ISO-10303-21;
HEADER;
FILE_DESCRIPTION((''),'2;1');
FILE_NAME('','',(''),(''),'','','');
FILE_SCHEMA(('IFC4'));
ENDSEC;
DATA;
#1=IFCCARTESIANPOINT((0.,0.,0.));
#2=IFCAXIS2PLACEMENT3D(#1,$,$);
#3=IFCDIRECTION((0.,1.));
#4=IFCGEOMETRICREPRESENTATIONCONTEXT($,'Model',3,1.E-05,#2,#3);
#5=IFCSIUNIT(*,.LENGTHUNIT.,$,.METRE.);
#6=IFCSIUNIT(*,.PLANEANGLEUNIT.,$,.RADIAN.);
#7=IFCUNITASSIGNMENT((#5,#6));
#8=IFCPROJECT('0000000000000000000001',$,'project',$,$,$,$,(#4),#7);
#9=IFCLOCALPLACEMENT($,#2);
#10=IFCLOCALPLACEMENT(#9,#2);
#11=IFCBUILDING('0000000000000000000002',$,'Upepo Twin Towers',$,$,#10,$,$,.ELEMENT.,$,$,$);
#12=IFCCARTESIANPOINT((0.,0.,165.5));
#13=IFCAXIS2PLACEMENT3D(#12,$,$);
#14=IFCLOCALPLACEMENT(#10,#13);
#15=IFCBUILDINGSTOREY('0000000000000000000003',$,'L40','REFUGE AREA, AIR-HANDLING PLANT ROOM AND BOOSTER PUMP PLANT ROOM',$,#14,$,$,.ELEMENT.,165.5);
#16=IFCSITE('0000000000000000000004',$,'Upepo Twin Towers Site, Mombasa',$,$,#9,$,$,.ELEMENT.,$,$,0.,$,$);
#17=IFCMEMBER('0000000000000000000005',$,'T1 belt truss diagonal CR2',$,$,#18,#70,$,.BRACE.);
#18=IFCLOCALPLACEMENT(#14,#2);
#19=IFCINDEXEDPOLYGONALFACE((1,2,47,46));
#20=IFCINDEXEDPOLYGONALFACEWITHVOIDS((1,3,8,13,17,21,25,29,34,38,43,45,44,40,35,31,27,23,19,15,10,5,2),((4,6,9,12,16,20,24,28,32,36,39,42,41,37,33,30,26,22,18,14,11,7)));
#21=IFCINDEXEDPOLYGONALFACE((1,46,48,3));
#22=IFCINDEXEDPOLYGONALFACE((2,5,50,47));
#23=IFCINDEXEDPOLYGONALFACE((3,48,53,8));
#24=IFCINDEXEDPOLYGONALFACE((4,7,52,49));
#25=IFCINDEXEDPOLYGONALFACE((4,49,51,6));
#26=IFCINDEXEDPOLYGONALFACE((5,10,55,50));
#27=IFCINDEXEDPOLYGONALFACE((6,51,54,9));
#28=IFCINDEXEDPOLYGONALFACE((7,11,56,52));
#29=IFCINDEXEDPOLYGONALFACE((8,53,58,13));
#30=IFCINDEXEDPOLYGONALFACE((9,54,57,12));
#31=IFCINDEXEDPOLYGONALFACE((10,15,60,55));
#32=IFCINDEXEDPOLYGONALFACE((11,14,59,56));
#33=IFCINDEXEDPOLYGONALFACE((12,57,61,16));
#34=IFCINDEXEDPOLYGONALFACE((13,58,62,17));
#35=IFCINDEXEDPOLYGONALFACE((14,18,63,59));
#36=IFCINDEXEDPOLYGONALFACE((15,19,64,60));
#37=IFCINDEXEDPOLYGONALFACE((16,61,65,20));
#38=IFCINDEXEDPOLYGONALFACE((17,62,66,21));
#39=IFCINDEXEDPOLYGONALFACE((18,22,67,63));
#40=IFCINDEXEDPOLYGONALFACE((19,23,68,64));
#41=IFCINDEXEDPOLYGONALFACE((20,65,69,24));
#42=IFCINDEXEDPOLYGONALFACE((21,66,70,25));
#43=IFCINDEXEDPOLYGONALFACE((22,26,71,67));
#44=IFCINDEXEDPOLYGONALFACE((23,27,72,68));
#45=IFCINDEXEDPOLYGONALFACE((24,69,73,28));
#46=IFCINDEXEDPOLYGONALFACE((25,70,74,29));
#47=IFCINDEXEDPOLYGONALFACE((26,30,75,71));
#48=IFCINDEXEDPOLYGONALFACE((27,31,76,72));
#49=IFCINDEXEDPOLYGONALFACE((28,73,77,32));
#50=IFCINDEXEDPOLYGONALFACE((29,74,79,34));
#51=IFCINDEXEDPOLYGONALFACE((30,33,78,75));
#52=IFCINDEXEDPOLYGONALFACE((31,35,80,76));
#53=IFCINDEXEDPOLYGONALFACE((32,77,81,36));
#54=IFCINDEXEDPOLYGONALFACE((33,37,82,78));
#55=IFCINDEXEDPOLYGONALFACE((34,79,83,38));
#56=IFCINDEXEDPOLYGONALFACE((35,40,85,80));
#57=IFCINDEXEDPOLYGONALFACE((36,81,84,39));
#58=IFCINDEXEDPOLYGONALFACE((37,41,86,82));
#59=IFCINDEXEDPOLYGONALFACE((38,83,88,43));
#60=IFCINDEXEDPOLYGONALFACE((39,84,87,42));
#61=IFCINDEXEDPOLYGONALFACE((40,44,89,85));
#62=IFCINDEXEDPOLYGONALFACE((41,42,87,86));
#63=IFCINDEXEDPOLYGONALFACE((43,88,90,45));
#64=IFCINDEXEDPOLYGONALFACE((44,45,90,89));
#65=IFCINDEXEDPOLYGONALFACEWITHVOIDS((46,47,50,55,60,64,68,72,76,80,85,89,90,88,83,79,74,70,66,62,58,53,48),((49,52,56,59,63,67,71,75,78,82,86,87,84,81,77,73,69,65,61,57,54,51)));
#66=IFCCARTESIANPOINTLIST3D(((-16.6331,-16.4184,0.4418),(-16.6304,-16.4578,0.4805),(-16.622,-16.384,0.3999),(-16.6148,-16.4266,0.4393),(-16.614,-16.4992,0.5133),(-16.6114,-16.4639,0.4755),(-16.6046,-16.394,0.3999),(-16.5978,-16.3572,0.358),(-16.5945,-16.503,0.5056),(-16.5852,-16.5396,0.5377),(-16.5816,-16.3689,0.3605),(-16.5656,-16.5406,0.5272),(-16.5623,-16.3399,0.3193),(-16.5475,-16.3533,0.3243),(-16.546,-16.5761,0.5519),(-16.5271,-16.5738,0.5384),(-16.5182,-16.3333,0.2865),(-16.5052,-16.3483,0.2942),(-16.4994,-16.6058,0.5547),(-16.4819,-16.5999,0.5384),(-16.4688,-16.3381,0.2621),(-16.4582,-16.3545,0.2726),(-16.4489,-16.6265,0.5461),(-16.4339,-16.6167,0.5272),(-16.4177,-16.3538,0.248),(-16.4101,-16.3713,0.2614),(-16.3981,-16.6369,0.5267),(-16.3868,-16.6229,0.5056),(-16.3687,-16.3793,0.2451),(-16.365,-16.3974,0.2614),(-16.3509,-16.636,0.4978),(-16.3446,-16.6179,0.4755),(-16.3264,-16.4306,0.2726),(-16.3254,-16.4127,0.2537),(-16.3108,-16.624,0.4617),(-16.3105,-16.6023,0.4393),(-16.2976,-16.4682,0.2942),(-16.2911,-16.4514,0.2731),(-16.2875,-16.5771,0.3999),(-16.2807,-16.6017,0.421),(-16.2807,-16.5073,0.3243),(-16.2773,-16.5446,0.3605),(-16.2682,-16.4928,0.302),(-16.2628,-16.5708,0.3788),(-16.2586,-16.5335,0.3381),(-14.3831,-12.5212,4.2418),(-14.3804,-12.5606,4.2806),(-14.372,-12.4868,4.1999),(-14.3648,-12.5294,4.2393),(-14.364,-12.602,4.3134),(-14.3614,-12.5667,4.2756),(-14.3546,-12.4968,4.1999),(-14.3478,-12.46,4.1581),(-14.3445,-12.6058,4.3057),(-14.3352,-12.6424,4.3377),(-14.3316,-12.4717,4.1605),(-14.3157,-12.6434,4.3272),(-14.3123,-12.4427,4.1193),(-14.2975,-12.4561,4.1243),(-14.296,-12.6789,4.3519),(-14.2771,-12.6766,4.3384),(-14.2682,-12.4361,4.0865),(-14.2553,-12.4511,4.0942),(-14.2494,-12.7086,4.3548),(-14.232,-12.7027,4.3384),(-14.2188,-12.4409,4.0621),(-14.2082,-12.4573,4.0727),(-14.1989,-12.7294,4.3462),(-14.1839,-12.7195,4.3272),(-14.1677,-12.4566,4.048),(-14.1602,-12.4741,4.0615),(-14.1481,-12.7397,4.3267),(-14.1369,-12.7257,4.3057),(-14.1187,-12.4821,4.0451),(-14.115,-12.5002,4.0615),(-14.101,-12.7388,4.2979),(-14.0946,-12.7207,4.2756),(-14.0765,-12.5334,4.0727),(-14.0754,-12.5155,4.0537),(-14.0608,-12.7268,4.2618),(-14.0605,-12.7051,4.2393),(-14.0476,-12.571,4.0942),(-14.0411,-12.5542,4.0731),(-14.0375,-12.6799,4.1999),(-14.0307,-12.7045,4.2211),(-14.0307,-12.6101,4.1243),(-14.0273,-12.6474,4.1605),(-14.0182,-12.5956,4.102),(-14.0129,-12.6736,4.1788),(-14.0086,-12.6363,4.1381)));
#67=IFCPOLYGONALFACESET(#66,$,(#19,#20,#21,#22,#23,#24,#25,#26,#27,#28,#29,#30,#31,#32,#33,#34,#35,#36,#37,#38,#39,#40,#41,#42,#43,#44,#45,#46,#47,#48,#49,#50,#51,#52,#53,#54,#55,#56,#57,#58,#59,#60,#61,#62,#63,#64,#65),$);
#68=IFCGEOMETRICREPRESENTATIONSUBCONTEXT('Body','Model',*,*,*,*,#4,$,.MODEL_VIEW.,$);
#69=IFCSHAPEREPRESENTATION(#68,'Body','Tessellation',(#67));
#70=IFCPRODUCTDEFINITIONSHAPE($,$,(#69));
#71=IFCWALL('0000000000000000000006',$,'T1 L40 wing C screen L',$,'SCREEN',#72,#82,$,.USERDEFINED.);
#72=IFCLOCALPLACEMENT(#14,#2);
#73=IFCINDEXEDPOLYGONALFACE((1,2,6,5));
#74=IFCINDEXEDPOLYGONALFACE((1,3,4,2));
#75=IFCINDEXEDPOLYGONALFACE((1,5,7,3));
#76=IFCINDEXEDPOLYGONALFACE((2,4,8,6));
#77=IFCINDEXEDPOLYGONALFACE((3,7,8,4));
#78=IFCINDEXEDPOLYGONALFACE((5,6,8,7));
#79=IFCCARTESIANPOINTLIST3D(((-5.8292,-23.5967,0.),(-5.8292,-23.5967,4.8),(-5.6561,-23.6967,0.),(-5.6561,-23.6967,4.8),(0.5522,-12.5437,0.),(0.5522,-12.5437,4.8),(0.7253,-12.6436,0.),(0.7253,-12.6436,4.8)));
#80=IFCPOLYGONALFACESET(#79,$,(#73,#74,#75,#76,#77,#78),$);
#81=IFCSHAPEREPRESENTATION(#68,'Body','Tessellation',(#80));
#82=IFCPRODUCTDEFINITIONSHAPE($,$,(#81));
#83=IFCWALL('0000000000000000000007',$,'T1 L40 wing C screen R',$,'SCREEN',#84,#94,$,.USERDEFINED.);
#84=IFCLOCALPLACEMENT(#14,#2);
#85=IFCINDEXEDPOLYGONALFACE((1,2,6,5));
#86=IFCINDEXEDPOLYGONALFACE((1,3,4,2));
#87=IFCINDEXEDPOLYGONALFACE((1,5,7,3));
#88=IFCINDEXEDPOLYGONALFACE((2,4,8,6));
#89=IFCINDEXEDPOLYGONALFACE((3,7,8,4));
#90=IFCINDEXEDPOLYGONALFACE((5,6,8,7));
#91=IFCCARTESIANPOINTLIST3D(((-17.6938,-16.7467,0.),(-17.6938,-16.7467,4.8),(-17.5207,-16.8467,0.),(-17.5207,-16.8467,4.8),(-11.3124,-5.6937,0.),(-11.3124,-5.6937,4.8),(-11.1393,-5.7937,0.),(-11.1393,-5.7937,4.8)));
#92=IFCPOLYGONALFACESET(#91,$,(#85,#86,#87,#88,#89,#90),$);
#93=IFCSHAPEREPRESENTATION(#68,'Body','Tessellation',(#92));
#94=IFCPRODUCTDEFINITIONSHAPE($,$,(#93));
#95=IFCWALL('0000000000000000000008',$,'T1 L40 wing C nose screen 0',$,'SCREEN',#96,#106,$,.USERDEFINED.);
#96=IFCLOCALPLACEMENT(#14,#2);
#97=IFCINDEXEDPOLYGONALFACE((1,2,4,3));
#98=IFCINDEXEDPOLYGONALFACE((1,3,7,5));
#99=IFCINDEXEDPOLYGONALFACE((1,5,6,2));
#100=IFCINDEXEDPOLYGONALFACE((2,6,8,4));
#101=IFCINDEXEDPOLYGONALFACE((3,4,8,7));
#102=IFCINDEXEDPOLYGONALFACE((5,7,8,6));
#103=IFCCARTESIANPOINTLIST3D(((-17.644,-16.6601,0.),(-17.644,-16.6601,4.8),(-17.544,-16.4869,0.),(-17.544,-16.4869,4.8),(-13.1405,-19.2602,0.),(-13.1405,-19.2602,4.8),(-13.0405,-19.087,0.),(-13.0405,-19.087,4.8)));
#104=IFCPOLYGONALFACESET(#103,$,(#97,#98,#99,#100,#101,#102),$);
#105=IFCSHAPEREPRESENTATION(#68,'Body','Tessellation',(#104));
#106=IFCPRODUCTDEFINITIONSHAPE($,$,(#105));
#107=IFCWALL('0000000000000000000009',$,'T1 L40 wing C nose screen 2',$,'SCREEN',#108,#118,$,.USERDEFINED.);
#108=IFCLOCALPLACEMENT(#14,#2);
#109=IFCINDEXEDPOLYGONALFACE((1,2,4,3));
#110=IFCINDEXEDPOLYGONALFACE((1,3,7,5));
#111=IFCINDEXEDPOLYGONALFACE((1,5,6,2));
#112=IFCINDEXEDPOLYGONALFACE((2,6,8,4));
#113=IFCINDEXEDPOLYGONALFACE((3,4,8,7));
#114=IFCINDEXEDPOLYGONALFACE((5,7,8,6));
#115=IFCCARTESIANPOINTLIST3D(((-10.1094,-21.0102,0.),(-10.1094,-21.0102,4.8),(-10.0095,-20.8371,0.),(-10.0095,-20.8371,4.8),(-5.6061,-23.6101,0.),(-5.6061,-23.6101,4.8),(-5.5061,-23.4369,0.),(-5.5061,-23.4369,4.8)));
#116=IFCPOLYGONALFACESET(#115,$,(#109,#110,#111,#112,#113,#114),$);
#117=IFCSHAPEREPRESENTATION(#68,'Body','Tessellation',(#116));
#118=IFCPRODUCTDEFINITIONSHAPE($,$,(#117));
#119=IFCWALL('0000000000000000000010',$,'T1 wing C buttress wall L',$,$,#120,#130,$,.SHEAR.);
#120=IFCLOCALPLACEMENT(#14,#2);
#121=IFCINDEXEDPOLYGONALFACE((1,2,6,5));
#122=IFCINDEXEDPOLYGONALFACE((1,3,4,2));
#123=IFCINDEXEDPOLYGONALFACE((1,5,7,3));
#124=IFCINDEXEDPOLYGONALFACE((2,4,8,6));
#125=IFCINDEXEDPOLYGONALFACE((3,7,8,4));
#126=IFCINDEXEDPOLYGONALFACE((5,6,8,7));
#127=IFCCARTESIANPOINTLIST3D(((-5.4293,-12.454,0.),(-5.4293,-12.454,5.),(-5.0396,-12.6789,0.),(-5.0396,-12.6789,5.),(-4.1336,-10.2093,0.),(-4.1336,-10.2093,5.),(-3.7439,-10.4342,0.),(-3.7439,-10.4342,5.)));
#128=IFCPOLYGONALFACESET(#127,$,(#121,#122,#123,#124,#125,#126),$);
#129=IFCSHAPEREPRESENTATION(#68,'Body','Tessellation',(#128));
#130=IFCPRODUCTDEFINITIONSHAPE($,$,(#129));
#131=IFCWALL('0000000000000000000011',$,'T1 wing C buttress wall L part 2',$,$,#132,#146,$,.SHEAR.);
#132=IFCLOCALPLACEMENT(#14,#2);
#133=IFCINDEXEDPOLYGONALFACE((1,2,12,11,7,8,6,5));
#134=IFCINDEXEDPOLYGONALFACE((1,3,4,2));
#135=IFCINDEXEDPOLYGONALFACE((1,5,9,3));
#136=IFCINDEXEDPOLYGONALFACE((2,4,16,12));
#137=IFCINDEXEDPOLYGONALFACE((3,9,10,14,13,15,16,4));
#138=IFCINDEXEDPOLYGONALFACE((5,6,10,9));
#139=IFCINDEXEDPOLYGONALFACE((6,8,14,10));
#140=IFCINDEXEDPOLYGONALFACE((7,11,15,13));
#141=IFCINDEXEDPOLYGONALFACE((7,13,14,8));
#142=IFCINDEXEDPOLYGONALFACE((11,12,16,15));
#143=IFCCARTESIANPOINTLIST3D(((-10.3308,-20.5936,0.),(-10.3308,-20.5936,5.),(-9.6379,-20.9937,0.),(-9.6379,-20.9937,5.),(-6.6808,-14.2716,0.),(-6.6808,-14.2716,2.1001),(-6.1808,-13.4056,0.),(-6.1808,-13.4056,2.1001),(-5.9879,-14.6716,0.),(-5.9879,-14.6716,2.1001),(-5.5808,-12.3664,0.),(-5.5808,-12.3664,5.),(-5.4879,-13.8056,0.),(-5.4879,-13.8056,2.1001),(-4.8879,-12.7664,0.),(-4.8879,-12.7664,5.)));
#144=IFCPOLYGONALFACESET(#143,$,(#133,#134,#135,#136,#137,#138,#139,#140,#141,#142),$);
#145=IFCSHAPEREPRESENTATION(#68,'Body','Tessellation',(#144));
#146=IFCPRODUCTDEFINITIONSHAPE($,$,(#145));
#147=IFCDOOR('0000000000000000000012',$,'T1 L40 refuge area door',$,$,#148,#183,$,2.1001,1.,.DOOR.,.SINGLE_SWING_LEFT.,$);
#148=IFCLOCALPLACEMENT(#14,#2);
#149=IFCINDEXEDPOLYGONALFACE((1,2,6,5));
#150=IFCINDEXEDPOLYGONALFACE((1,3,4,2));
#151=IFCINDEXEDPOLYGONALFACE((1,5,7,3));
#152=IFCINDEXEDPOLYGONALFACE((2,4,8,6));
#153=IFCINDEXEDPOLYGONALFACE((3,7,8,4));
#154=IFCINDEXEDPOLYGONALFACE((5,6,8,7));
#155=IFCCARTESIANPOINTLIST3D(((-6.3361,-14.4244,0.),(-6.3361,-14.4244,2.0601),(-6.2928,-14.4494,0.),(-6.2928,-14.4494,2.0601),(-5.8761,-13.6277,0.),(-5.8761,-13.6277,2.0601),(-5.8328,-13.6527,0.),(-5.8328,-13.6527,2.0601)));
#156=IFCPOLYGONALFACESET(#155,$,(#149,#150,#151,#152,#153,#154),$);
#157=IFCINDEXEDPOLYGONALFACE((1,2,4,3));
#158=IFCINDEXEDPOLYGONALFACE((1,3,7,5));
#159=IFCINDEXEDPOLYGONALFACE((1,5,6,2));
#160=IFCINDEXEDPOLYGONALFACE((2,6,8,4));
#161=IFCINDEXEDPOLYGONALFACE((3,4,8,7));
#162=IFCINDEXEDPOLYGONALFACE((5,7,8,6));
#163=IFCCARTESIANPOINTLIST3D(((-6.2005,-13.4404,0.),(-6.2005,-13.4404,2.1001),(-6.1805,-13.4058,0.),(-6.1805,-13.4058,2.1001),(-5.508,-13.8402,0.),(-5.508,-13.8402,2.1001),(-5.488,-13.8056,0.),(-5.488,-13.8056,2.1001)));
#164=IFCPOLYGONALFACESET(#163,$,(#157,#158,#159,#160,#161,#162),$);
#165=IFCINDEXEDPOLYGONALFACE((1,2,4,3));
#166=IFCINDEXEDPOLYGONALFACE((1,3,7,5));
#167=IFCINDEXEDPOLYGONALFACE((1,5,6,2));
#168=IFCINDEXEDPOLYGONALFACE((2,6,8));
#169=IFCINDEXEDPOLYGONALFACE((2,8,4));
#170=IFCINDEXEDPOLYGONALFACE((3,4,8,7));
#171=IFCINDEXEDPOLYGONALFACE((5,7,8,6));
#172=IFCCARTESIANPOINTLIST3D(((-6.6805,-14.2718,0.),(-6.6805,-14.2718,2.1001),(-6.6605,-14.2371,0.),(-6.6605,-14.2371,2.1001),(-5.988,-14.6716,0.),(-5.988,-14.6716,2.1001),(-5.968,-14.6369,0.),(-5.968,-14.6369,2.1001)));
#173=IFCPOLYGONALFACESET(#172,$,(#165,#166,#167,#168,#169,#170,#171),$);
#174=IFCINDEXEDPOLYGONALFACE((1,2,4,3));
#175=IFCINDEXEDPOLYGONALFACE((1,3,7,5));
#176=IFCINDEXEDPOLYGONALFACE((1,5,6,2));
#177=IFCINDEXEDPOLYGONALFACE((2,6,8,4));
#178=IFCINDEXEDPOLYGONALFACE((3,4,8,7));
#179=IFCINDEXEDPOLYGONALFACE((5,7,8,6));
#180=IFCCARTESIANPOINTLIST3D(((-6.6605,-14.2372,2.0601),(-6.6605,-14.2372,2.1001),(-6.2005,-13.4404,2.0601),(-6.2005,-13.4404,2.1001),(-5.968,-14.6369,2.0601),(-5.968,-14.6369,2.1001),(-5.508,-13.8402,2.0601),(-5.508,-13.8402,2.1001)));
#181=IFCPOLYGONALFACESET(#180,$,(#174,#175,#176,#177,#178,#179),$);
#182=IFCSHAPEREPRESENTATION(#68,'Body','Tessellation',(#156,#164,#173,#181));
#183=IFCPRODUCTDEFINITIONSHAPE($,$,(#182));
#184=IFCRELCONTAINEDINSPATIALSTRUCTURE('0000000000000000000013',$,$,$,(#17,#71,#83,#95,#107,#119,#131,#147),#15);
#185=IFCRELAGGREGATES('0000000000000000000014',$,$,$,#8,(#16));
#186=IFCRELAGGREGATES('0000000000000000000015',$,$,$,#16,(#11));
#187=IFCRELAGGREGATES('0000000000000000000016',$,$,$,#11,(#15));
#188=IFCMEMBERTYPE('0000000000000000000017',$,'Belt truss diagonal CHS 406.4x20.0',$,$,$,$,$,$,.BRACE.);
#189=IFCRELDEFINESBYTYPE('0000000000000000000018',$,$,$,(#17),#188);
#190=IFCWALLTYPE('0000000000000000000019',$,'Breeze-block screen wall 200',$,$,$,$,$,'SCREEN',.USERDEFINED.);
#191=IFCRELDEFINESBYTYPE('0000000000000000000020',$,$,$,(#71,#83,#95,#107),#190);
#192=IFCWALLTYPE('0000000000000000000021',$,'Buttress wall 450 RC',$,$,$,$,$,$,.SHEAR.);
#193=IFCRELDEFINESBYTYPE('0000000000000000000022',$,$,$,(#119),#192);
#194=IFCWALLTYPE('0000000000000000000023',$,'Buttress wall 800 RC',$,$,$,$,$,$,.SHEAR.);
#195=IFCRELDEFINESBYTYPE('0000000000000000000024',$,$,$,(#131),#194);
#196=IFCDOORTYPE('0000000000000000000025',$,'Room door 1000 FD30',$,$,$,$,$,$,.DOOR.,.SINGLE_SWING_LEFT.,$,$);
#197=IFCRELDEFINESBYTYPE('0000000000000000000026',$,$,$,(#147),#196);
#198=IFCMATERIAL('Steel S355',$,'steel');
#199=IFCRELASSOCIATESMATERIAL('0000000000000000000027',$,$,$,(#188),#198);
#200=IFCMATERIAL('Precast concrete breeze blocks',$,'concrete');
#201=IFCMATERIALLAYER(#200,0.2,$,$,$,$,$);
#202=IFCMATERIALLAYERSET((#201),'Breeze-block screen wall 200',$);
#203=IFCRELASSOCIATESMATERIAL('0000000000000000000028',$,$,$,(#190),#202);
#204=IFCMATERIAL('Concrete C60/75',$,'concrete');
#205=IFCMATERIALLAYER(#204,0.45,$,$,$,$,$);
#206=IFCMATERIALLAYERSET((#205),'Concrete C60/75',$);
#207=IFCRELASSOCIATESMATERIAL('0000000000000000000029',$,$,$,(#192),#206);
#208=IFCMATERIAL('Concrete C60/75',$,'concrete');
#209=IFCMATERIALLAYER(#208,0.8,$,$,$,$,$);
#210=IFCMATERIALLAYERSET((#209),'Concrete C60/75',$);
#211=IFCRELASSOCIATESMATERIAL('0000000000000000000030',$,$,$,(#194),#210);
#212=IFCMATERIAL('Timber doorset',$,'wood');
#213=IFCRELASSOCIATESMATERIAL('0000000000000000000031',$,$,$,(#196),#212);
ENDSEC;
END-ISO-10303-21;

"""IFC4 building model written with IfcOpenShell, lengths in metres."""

from ifc_helpers import new_model, si_unit, direction, frame, frame_2d, origin, origin_2d, place, context, subcontext, project, spatial, rectangle, hollow_circle, extrude, material, layer, layer_set, material_profile, profile_set, type_object, element, fill, save


model = new_model("IFC4")

# Units and contexts
model_context = context("Model", 3, precision=1e-05, world=origin(), true_north=direction((0.0, 1.0)))
body_context = subcontext(model_context, "Body", "Model", "MODEL_VIEW")
ifc_project = project(units=[si_unit("LENGTHUNIT", "METRE"), si_unit("PLANEANGLEUNIT", "RADIAN")], contexts=[model_context])

# Site, building, storey
site_placement = place(None, origin())
site = spatial("IfcSite", under=ifc_project, at=site_placement, Name="Upepo Twin Towers Site, Mombasa", CompositionType="ELEMENT", RefElevation=0.0)
building_placement = place(site_placement, origin())
building = spatial("IfcBuilding", under=site, at=building_placement, Name="Upepo Twin Towers", CompositionType="ELEMENT")
storey_placement = place(building_placement, frame((0.0, 0.0, 165.5)))
storey = spatial("IfcBuildingStorey", under=building, at=storey_placement, Name="L40", Description="REFUGE AREA, AIR-HANDLING PLANT ROOM AND BOOSTER PUMP PLANT ROOM", CompositionType="ELEMENT", Elevation=165.5)

# Member
ifc_material_1 = material(Name="Steel S355", Category="steel")
ifc_material_profile_1 = material_profile(ifc_material_1, hollow_circle(Radius=0.2031, WallThickness=0.02, at=origin_2d()), Name="CHS 406.4x20.0")
ifc_profile_set_1 = profile_set([ifc_material_profile_1], Name="Steel S355")
member_type = type_object("IfcMemberType", Name="Belt truss diagonal CHS 406.4x20.0", PredefinedType="BRACE", material=ifc_profile_set_1)
for number, where, z_axis, x_axis, name in (
    (1, (-16.446, -16.4856, 0.3999), (0.382009, 0.661676, 0.645178), (-0.866031, 0.49999, 0.0), "T1 belt truss diagonal CR2"),
):
    element("IfcMember", number, at=place(storey_placement, frame(where, z_axis=z_axis, x_axis=x_axis)), inside=storey, type_object=member_type, Name=name, PredefinedType="BRACE", context=body_context, shape_type="SweptSolid", body=[
        extrude(hollow_circle(Radius=0.2031, WallThickness=0.02, at=origin_2d()), origin(), (0.0, 0.0, 1.0), 5.8899),
    ])

# Walls
ifc_material_2 = material(Name="Precast concrete breeze blocks", Category="concrete")
ifc_layer_1 = layer(ifc_material_2, 0.2)
ifc_layer_set_1 = layer_set([ifc_layer_1], Name="Breeze-block screen wall 200")
wall_type_1 = type_object("IfcWallType", Name="Breeze-block screen wall 200", ElementType="SCREEN", PredefinedType="USERDEFINED", material=ifc_layer_set_1)
for number, where, z_axis, x_axis, name in (
    (2, (0.6387, -12.5938, 0.0), (0.0, 0.0, 1.0), (-0.499995, -0.866029, 0.0), "T1 L40 wing C screen L"),
    (3, (-17.6072, -16.7966, 0.0), (0.0, 0.0, 1.0), (0.499995, 0.866029, 0.0), "T1 L40 wing C screen R"),
):
    element("IfcWall", number, at=place(storey_placement, frame(where, z_axis=z_axis, x_axis=x_axis)), inside=storey, type_object=wall_type_1, Name=name, ObjectType="SCREEN", PredefinedType="USERDEFINED", context=body_context, shape_type="SweptSolid", body=[
        extrude(rectangle(XDim=12.7629, YDim=0.2, at=frame_2d((6.3813, 0.0))), origin(), (0.0, 0.0, 1.0), 4.8),
    ])
wall_1_placement = place(storey_placement, frame((-17.594, -16.5735, 0.0), z_axis=(0.0, 0.0, 1.0), x_axis=(0.866021, -0.500007, 0.0)))
element("IfcWall", 4, at=wall_1_placement, inside=storey, type_object=wall_type_1, Name="T1 L40 wing C nose screen 0", ObjectType="SCREEN", PredefinedType="USERDEFINED", context=body_context, shape_type="SweptSolid", body=[
    extrude(rectangle(XDim=5.2002, YDim=0.2, at=frame_2d((2.6001, 0.0))), origin(), (0.0, 0.0, 1.0), 4.8),
])
wall_2_placement = place(storey_placement, frame((-10.0596, -20.9236, 0.0), z_axis=(0.0, 0.0, 1.0), x_axis=(0.866042, -0.499972, 0.0)))
element("IfcWall", 5, at=wall_2_placement, inside=storey, type_object=wall_type_1, Name="T1 L40 wing C nose screen 2", ObjectType="SCREEN", PredefinedType="USERDEFINED", context=body_context, shape_type="SweptSolid", body=[
    extrude(rectangle(XDim=5.2, YDim=0.2, at=frame_2d((2.6001, 0.0))), origin(), (0.0, 0.0, 1.0), 4.8),
])
ifc_material_3 = material(Name="Concrete C60/75", Category="concrete")
ifc_layer_2 = layer(ifc_material_3, 0.45)
ifc_layer_set_2 = layer_set([ifc_layer_2], Name="Concrete C60/75")
wall_type_2 = type_object("IfcWallType", Name="Buttress wall 450 RC", PredefinedType="SHEAR", material=ifc_layer_set_2)
wall_3_placement = place(storey_placement, frame((-3.9387, -10.3218, 0.0), z_axis=(0.0, 0.0, 1.0), x_axis=(-0.499918, -0.866073, 0.0)))
element("IfcWall", 6, at=wall_3_placement, inside=storey, type_object=wall_type_2, Name="T1 wing C buttress wall L", PredefinedType="SHEAR", context=body_context, shape_type="SweptSolid", body=[
    extrude(rectangle(XDim=2.5918, YDim=0.45, at=frame_2d((1.2959, 0.0))), origin(), (0.0, 0.0, 1.0), 5.0),
])

# Wall, opening, door
ifc_material_4 = material(Name="Concrete C60/75", Category="concrete")
ifc_layer_3 = layer(ifc_material_4, 0.8)
ifc_layer_set_3 = layer_set([ifc_layer_3], Name="Concrete C60/75")
wall_type_3 = type_object("IfcWallType", Name="Buttress wall 800 RC", PredefinedType="SHEAR", material=ifc_layer_set_3)
wall_4_placement = place(storey_placement, frame((-5.2344, -12.5664, 0.0), z_axis=(0.0, 0.0, 1.0), x_axis=(-0.499998, -0.866027, 0.0)))
wall_4 = element("IfcWall", 7, at=wall_4_placement, inside=storey, type_object=wall_type_3, Name="T1 wing C buttress wall L part 2", PredefinedType="SHEAR", context=body_context, shape_type="SweptSolid", body=[
    extrude(rectangle(XDim=9.5, YDim=0.8, at=frame_2d((4.75, 0.0))), origin(), (0.0, 0.0, 1.0), 5.0),
])
opening_1_placement = place(wall_4_placement, frame((1.2, 0.0, 0.0)))
opening_1 = element("IfcOpeningElement", 8, at=opening_1_placement, cuts=wall_4, PredefinedType="OPENING", context=body_context, shape_type="SweptSolid", body=[
    extrude(rectangle(XDim=1.0, YDim=2.1001, at=frame_2d((0.5, 1.05))), frame((0.0, 0.4099, 0.0), z_axis=(0.0, -1.0, 0.0), x_axis=(1.0, 0.0, 0.0)), (0.0, 0.0, 1.0), 0.8201),
])
ifc_material_5 = material(Name="Timber doorset", Category="wood")
door_type = type_object("IfcDoorType", Name="Room door 1000 FD30", OperationType="SINGLE_SWING_LEFT", PredefinedType="DOOR", material=ifc_material_5)
door_1_placement = place(opening_1_placement, origin())
door_1 = element("IfcDoor", 9, at=door_1_placement, inside=storey, type_object=door_type, Name="T1 L40 refuge area door", OperationType="SINGLE_SWING_LEFT", OverallHeight=2.1001, OverallWidth=1.0, PredefinedType="DOOR", context=body_context, shape_type="SweptSolid", body=[
    extrude(rectangle(XDim=0.92, YDim=2.0601, at=frame_2d((0.5, 1.03))), frame((0.0, 0.0249, 0.0), z_axis=(0.0, -1.0, 0.0), x_axis=(1.0, 0.0, 0.0)), (0.0, 0.0, 1.0), 0.05),
    extrude(rectangle(XDim=0.04, YDim=2.1001, at=frame_2d((0.02, 1.05))), frame((0.0, 0.3999, 0.0), z_axis=(0.0, -1.0, 0.0), x_axis=(1.0, 0.0, 0.0)), (0.0, 0.0, 1.0), 0.7996),
    extrude(rectangle(XDim=0.04, YDim=2.1001, at=frame_2d((0.98, 1.05))), frame((0.0, 0.3999, 0.0), z_axis=(0.0, -1.0, 0.0), x_axis=(1.0, 0.0, 0.0)), (0.0, 0.0, 1.0), 0.7996),
    extrude(rectangle(XDim=0.92, YDim=0.04, at=frame_2d((0.5, 2.0801))), frame((0.0, 0.3999, 0.0), z_axis=(0.0, -1.0, 0.0), x_axis=(1.0, 0.0, 0.0)), (0.0, 0.0, 1.0), 0.7996),
])
fill(opening_1, door_1)

save(model, "model.ifc")
